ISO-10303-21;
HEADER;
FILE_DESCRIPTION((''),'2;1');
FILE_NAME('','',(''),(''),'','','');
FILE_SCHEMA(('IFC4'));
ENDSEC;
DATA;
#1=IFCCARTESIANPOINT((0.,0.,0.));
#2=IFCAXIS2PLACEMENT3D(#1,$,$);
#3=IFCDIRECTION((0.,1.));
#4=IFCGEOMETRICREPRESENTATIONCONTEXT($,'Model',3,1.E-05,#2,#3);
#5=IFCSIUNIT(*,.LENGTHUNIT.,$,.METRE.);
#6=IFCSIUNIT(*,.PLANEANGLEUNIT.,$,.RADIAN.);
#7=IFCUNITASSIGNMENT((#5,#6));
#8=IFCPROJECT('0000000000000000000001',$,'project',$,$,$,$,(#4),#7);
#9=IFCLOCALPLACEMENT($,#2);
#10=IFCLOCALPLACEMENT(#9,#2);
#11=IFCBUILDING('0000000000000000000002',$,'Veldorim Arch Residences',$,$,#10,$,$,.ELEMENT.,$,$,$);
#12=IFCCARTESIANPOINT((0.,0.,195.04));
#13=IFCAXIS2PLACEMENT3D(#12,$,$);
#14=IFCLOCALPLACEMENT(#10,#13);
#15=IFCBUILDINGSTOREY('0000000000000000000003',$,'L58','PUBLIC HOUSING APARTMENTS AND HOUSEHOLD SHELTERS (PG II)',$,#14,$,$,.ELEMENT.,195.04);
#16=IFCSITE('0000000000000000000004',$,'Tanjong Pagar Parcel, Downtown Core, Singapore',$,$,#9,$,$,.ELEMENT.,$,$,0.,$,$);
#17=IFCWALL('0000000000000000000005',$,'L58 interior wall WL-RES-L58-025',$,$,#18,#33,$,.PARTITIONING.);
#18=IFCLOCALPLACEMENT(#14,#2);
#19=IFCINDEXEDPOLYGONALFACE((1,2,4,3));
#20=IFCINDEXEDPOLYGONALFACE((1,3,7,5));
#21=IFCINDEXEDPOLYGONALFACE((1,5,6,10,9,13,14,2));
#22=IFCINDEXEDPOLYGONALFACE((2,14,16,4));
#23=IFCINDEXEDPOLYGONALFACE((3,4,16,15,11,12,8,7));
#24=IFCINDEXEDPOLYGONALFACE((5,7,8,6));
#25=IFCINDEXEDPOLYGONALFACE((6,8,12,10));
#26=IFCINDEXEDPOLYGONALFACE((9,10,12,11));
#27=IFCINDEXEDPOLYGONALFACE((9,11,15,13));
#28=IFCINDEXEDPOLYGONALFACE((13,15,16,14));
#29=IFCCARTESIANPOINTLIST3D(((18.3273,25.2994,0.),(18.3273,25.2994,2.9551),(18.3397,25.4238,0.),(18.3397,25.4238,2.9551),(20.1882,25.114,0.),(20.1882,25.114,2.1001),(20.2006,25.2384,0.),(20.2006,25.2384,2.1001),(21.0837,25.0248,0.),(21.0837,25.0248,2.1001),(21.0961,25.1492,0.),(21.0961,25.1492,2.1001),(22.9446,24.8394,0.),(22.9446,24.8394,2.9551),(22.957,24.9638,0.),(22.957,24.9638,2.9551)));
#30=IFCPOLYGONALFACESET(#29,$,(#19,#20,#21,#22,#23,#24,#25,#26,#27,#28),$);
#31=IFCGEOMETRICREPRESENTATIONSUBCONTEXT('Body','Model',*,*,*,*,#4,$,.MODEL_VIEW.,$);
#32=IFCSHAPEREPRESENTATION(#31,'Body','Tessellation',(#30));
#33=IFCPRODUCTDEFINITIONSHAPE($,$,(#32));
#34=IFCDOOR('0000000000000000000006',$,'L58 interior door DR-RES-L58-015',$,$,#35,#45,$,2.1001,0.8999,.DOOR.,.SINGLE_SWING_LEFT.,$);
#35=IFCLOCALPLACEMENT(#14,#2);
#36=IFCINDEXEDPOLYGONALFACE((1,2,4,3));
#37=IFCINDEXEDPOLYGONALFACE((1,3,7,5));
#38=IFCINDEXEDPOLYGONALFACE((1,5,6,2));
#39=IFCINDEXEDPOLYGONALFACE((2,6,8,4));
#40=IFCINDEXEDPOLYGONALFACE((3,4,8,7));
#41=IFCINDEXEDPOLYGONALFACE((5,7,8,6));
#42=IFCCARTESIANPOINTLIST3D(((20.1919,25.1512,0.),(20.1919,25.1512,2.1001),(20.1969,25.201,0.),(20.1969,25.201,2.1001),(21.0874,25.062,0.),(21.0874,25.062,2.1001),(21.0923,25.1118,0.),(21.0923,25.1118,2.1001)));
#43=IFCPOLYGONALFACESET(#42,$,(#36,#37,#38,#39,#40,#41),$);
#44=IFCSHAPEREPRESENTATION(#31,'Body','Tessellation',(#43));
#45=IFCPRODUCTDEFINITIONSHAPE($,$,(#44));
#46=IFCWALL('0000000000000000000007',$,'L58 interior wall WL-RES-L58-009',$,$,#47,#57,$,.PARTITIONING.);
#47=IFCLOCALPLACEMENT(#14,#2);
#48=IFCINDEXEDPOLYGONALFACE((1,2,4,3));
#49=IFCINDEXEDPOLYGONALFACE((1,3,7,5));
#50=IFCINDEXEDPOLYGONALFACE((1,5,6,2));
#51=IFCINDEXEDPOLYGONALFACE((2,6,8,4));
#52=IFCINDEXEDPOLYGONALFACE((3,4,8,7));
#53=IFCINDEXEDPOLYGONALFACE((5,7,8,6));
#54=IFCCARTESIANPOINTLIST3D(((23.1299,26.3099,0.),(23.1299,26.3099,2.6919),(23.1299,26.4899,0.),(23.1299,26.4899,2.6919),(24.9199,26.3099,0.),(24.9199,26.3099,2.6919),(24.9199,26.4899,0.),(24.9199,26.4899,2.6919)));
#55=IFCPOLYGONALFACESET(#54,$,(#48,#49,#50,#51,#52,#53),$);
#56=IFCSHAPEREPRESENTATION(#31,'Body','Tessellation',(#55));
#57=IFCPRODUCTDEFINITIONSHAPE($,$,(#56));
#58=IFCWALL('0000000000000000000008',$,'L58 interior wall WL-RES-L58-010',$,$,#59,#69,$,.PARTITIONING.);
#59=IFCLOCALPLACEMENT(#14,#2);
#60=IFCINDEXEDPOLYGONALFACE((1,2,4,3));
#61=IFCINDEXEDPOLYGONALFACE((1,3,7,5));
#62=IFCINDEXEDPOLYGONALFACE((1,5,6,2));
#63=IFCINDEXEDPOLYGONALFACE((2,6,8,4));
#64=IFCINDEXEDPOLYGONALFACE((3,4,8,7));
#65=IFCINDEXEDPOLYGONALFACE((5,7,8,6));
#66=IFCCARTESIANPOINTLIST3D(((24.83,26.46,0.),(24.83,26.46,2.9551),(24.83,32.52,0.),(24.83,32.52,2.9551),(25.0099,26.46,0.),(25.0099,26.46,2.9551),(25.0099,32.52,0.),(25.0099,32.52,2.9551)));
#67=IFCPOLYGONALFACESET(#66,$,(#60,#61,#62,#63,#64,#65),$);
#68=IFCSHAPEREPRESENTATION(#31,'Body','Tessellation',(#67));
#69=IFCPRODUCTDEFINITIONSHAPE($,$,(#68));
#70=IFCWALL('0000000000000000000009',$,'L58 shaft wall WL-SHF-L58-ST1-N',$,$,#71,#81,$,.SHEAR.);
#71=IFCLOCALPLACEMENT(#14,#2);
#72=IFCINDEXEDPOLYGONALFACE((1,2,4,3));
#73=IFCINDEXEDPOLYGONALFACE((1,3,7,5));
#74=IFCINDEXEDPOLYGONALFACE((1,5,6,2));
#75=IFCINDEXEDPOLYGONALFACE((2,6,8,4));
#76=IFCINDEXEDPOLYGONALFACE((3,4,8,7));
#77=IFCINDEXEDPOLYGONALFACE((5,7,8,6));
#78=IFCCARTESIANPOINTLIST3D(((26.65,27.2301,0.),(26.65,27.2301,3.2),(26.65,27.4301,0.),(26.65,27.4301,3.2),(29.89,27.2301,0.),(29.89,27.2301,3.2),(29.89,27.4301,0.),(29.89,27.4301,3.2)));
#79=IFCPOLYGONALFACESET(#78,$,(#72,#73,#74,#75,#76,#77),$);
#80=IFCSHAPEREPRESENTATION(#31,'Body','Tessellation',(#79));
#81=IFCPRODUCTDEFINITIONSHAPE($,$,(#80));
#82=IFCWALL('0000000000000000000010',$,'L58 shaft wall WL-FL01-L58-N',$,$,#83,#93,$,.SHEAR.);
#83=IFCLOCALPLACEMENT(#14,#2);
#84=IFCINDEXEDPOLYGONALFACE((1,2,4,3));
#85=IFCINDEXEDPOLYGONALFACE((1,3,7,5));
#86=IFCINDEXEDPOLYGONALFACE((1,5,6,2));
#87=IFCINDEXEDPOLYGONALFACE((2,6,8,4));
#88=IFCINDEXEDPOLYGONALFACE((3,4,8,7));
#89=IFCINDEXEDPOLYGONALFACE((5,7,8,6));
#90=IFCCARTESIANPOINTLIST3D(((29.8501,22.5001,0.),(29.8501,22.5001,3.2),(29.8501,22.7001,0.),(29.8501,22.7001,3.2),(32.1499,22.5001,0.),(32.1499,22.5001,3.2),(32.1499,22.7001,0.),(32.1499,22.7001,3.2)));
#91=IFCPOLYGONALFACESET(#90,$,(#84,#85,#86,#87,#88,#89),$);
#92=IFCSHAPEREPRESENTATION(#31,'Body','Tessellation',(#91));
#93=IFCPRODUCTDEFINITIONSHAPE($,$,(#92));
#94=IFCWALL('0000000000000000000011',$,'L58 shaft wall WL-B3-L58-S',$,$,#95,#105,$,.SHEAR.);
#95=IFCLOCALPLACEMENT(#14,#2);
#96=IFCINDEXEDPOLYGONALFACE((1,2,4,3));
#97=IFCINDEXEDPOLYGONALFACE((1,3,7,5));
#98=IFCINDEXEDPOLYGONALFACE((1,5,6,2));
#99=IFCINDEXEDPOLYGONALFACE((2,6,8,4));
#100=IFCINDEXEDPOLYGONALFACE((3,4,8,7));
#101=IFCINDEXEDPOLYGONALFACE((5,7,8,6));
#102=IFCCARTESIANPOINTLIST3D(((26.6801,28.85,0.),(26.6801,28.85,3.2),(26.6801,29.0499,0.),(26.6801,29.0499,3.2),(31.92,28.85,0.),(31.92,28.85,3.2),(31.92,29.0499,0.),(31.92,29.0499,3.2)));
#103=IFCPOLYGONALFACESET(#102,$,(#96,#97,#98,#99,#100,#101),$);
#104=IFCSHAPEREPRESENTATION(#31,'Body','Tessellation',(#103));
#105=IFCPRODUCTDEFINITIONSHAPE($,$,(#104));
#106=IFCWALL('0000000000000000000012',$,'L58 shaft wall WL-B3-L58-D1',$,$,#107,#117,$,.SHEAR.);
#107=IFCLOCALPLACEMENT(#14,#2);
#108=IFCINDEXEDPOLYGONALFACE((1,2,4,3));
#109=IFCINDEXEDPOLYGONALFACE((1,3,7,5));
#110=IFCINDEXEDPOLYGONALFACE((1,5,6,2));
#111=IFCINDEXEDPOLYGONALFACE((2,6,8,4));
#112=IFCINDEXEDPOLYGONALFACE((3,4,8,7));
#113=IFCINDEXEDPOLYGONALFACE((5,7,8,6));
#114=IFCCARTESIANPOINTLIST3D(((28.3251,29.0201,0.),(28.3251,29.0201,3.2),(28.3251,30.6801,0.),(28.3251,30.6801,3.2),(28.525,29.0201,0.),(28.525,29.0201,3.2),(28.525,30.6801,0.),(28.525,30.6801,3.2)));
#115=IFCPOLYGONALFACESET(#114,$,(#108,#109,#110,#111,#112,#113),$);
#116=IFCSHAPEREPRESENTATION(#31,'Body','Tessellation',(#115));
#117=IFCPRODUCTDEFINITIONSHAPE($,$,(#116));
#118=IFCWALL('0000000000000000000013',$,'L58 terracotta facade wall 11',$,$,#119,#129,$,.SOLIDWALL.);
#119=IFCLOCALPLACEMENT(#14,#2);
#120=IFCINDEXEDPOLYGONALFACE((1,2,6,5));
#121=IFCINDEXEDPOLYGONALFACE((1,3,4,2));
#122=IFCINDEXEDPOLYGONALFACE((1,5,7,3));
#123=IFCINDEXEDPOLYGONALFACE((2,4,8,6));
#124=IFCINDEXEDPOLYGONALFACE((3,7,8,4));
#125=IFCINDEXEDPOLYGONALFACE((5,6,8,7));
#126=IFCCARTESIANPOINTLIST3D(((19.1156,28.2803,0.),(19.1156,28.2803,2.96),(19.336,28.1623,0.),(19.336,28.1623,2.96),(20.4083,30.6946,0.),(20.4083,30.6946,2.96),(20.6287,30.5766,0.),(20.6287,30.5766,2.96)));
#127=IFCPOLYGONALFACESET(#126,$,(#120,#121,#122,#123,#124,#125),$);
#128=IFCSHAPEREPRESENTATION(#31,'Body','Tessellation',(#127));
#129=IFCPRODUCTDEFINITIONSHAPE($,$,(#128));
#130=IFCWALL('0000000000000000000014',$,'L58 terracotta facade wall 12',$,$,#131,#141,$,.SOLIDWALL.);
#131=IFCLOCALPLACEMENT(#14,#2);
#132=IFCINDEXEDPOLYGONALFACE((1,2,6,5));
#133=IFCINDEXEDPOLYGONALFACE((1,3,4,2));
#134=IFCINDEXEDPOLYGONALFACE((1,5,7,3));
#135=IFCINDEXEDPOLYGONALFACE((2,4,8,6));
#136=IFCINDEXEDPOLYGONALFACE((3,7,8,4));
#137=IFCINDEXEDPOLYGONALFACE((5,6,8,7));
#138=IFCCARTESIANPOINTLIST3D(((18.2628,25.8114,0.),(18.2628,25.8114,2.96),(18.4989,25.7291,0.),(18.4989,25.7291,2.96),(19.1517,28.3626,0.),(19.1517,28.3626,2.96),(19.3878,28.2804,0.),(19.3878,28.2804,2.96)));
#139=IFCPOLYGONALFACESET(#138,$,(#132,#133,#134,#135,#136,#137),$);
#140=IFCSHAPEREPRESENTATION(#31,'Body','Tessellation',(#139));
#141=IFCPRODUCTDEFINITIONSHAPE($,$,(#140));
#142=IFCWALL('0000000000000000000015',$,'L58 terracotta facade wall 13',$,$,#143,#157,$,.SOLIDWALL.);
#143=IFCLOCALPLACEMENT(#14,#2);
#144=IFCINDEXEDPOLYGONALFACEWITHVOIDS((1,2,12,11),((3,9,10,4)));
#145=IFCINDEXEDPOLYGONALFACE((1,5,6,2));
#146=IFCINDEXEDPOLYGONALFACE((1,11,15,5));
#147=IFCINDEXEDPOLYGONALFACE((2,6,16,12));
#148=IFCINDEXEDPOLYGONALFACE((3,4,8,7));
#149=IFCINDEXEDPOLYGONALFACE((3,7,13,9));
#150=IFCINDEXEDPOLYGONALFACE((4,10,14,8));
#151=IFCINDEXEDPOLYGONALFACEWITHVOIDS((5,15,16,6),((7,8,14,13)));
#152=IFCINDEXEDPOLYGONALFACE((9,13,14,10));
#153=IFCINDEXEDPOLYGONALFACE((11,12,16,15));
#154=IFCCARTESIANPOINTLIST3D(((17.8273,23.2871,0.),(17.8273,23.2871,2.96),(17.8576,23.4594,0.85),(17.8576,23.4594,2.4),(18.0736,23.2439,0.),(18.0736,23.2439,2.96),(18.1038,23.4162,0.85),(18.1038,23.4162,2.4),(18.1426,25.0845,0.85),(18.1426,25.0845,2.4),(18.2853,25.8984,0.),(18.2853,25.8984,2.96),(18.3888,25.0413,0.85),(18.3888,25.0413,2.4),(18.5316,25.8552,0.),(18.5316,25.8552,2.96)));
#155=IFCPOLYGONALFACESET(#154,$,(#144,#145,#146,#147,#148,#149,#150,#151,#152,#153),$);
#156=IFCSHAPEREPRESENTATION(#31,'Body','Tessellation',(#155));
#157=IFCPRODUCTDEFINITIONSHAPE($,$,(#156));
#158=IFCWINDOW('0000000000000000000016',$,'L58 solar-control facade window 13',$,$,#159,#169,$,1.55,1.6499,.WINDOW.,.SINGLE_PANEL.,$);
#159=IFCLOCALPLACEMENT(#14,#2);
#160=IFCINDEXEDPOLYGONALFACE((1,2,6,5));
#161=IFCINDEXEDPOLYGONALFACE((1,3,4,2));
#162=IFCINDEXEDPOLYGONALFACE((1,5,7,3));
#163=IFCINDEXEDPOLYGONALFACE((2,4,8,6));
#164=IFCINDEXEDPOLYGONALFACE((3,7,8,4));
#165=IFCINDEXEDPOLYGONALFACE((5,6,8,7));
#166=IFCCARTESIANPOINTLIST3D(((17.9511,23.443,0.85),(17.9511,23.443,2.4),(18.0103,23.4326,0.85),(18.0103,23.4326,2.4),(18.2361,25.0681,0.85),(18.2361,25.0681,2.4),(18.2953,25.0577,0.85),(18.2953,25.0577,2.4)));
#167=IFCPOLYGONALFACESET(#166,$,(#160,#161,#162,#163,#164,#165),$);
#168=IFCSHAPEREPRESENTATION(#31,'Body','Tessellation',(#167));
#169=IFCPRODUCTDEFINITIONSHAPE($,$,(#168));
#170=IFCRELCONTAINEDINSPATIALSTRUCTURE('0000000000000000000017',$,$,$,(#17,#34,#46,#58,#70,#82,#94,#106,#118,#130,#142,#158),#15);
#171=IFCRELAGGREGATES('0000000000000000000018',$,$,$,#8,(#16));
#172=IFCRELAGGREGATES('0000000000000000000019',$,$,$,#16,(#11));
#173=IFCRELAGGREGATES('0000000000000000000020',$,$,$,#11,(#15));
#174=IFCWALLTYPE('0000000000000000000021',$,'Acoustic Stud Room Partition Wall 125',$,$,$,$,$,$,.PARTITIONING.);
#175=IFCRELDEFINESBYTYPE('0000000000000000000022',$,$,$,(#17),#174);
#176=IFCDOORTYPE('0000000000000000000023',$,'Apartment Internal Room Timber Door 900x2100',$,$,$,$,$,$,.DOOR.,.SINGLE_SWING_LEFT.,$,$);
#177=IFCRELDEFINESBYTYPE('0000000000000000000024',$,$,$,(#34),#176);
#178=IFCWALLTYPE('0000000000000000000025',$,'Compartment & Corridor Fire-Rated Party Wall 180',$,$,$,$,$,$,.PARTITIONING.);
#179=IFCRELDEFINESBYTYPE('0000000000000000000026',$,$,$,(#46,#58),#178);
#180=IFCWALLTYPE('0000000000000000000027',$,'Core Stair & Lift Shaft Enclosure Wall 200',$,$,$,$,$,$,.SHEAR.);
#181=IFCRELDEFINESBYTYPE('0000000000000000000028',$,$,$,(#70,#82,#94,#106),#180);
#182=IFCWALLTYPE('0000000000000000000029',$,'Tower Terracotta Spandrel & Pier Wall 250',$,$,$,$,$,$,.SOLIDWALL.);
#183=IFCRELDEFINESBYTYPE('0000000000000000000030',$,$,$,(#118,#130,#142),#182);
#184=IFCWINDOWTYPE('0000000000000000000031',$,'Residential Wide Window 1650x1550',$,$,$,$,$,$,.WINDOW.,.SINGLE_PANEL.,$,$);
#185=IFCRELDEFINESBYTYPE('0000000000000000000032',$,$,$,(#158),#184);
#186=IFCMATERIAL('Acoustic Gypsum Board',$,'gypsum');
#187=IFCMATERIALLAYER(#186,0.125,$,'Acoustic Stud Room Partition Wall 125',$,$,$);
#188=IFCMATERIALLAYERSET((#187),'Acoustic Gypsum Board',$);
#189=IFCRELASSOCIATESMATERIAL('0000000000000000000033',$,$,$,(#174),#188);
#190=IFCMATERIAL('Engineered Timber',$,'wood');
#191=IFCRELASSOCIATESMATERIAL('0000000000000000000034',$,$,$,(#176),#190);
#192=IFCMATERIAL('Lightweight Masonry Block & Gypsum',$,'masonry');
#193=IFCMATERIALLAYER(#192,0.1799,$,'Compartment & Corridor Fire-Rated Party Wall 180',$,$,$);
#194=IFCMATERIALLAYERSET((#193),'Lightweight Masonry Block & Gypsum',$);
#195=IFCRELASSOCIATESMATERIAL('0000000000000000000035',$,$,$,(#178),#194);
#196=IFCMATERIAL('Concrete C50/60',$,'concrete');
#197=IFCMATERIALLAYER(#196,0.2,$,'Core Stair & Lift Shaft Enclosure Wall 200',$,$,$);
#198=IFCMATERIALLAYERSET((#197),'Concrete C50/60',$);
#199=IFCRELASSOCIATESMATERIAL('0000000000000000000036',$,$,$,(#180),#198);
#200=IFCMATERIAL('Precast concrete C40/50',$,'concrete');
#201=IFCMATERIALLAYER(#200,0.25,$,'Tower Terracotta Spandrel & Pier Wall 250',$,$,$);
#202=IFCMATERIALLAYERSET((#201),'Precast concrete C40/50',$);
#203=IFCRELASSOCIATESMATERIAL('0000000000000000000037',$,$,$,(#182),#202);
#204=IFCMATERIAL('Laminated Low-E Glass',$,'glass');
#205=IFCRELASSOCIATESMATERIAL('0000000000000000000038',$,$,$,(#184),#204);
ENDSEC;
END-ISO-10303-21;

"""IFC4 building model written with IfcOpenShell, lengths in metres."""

from ifc_helpers import new_model, si_unit, direction, frame, frame_2d, origin, place, context, subcontext, project, spatial, rectangle, extrude, material, layer, layer_set, type_object, element, fill, save


model = new_model("IFC4")

# Units and contexts
model_context = context("Model", 3, precision=1e-05, world=origin(), true_north=direction((0.0, 1.0)))
body_context = subcontext(model_context, "Body", "Model", "MODEL_VIEW")
ifc_project = project(units=[si_unit("LENGTHUNIT", "METRE"), si_unit("PLANEANGLEUNIT", "RADIAN")], contexts=[model_context])

# Site, building, storey
site_placement = place(None, origin())
site = spatial("IfcSite", under=ifc_project, at=site_placement, Name="Tanjong Pagar Parcel, Downtown Core, Singapore", CompositionType="ELEMENT", RefElevation=0.0)
building_placement = place(site_placement, origin())
building = spatial("IfcBuilding", under=site, at=building_placement, Name="Veldorim Arch Residences", CompositionType="ELEMENT")
storey_placement = place(building_placement, frame((0.0, 0.0, 195.04)))
storey = spatial("IfcBuildingStorey", under=building, at=storey_placement, Name="L58", Description="PUBLIC HOUSING APARTMENTS AND HOUSEHOLD SHELTERS (PG II)", CompositionType="ELEMENT", Elevation=195.04)

# Shared definitions
ifc_material_1 = material(Name="Acoustic Gypsum Board", Category="gypsum")
ifc_layer_1 = layer(ifc_material_1, 0.125, Name="Acoustic Stud Room Partition Wall 125")
ifc_layer_set_1 = layer_set([ifc_layer_1], Name="Acoustic Gypsum Board")
wall_type_1 = type_object("IfcWallType", Name="Acoustic Stud Room Partition Wall 125", PredefinedType="PARTITIONING", material=ifc_layer_set_1)

# Wall, opening, door
wall_1_placement = place(storey_placement, frame((18.3335, 25.3616, 0.0), z_axis=(0.0, 0.0, 1.0), x_axis=(0.995075, -0.099129, 0.0)))
wall_1 = element("IfcWall", 1, at=wall_1_placement, inside=storey, type_object=wall_type_1, Name="L58 interior wall WL-RES-L58-025", PredefinedType="PARTITIONING", context=body_context, shape_type="SweptSolid", body=[
    extrude(rectangle(XDim=4.6401, YDim=0.125, at=frame_2d((2.3201, 0.0))), origin(), (0.0, 0.0, 1.0), 2.9551),
])
opening_1_placement = place(wall_1_placement, frame((1.8701, 0.0, 0.0)))
opening_1 = element("IfcOpeningElement", 2, at=opening_1_placement, cuts=wall_1, PredefinedType="OPENING", context=body_context, shape_type="SweptSolid", body=[
    extrude(rectangle(XDim=0.8999, YDim=2.1001, at=frame_2d((0.45, 1.05))), frame((0.0, 0.0725, 0.0), z_axis=(0.0, -1.0, 0.0), x_axis=(1.0, 0.0, 0.0)), (0.0, 0.0, 1.0), 0.145),
])
ifc_material_2 = material(Name="Engineered Timber", Category="wood")
door_type_1 = type_object("IfcDoorType", Name="Apartment Internal Room Timber Door 900x2100", OperationType="SINGLE_SWING_LEFT", PredefinedType="DOOR", material=ifc_material_2)
door_1_placement = place(opening_1_placement, origin())
door_1 = element("IfcDoor", 3, at=door_1_placement, inside=storey, type_object=door_type_1, Name="L58 interior door DR-RES-L58-015", OperationType="SINGLE_SWING_LEFT", OverallHeight=2.1001, OverallWidth=0.8999, PredefinedType="DOOR", context=body_context, shape_type="SweptSolid", body=[
    extrude(rectangle(XDim=0.8999, YDim=2.1001, at=frame_2d((0.45, 1.05))), frame((0.0, 0.0249, 0.0), z_axis=(0.0, -1.0, 0.0), x_axis=(1.0, 0.0, 0.0)), (0.0, 0.0, 1.0), 0.05),
])
fill(opening_1, door_1)

# Walls
ifc_material_3 = material(Name="Lightweight Masonry Block & Gypsum", Category="masonry")
ifc_layer_2 = layer(ifc_material_3, 0.1799, Name="Compartment & Corridor Fire-Rated Party Wall 180")
ifc_layer_set_2 = layer_set([ifc_layer_2], Name="Lightweight Masonry Block & Gypsum")
wall_type_2 = type_object("IfcWallType", Name="Compartment & Corridor Fire-Rated Party Wall 180", PredefinedType="PARTITIONING", material=ifc_layer_set_2)
wall_2_placement = place(storey_placement, frame((23.1299, 26.3999, 0.0), z_axis=(0.0, 0.0, 1.0), x_axis=(1.0, 0.0, 0.0)))
element("IfcWall", 4, at=wall_2_placement, inside=storey, type_object=wall_type_2, Name="L58 interior wall WL-RES-L58-009", PredefinedType="PARTITIONING", context=body_context, shape_type="SweptSolid", body=[
    extrude(rectangle(XDim=1.79, YDim=0.1799, at=frame_2d((0.895, 0.0))), origin(), (0.0, 0.0, 1.0), 2.6919),
])
wall_3_placement = place(storey_placement, frame((24.9199, 26.46, 0.0), z_axis=(0.0, 0.0, 1.0), x_axis=(0.0, 1.0, 0.0)))
element("IfcWall", 5, at=wall_3_placement, inside=storey, type_object=wall_type_2, Name="L58 interior wall WL-RES-L58-010", PredefinedType="PARTITIONING", context=body_context, shape_type="SweptSolid", body=[
    extrude(rectangle(XDim=6.0601, YDim=0.1799, at=frame_2d((3.03, 0.0))), origin(), (0.0, 0.0, 1.0), 2.9551),
])
ifc_material_4 = material(Name="Concrete C50/60", Category="concrete")
ifc_layer_3 = layer(ifc_material_4, 0.2, Name="Core Stair & Lift Shaft Enclosure Wall 200")
ifc_layer_set_3 = layer_set([ifc_layer_3], Name="Concrete C50/60")
wall_type_3 = type_object("IfcWallType", Name="Core Stair & Lift Shaft Enclosure Wall 200", PredefinedType="SHEAR", material=ifc_layer_set_3)
wall_4_placement = place(storey_placement, frame((26.6499, 27.3301, 0.0), z_axis=(0.0, 0.0, 1.0), x_axis=(1.0, 0.0, 0.0)))
element("IfcWall", 6, at=wall_4_placement, inside=storey, type_object=wall_type_3, Name="L58 shaft wall WL-SHF-L58-ST1-N", PredefinedType="SHEAR", context=body_context, shape_type="SweptSolid", body=[
    extrude(rectangle(XDim=3.24, YDim=0.2, at=frame_2d((1.6201, 0.0))), origin(), (0.0, 0.0, 1.0), 3.2),
])
wall_5_placement = place(storey_placement, frame((29.8501, 22.6001, 0.0), z_axis=(0.0, 0.0, 1.0), x_axis=(1.0, 0.0, 0.0)))
element("IfcWall", 7, at=wall_5_placement, inside=storey, type_object=wall_type_3, Name="L58 shaft wall WL-FL01-L58-N", PredefinedType="SHEAR", context=body_context, shape_type="SweptSolid", body=[
    extrude(rectangle(XDim=2.2998, YDim=0.2, at=frame_2d((1.1499, 0.0))), origin(), (0.0, 0.0, 1.0), 3.2),
])

# Walls
wall_6_placement = place(storey_placement, frame((26.6799, 28.95, 0.0), z_axis=(0.0, 0.0, 1.0), x_axis=(1.0, 0.0, 0.0)))
element("IfcWall", 8, at=wall_6_placement, inside=storey, type_object=wall_type_3, Name="L58 shaft wall WL-B3-L58-S", PredefinedType="SHEAR", context=body_context, shape_type="SweptSolid", body=[
    extrude(rectangle(XDim=5.24, YDim=0.2, at=frame_2d((2.6201, 0.0))), origin(), (0.0, 0.0, 1.0), 3.2),
])
wall_7_placement = place(storey_placement, frame((28.425, 29.02, 0.0), z_axis=(0.0, 0.0, 1.0), x_axis=(0.0, 1.0, 0.0)))
element("IfcWall", 9, at=wall_7_placement, inside=storey, type_object=wall_type_3, Name="L58 shaft wall WL-B3-L58-D1", PredefinedType="SHEAR", context=body_context, shape_type="SweptSolid", body=[
    extrude(rectangle(XDim=1.6599, YDim=0.2, at=frame_2d((0.8301, 0.0))), origin(), (0.0, 0.0, 1.0), 3.2),
])
ifc_material_5 = material(Name="Precast concrete C40/50", Category="concrete")
ifc_layer_4 = layer(ifc_material_5, 0.25, Name="Tower Terracotta Spandrel & Pier Wall 250")
ifc_layer_set_4 = layer_set([ifc_layer_4], Name="Precast concrete C40/50")
wall_type_4 = type_object("IfcWallType", Name="Tower Terracotta Spandrel & Pier Wall 250", PredefinedType="SOLIDWALL", material=ifc_layer_set_4)
wall_8_placement = place(storey_placement, frame((19.2258, 28.2214, 0.0), z_axis=(0.0, 0.0, 1.0), x_axis=(0.472036, 0.881579, 0.0)))
element("IfcWall", 10, at=wall_8_placement, inside=storey, type_object=wall_type_4, Name="L58 terracotta facade wall 11", PredefinedType="SOLIDWALL", context=body_context, shape_type="SweptSolid", body=[
    extrude(rectangle(XDim=2.7385, YDim=0.25, at=frame_2d((1.3691, 0.0))), origin(), (0.0, 0.0, 1.0), 2.96),
])
wall_9_placement = place(storey_placement, frame((18.3809, 25.7703, 0.0), z_axis=(0.0, 0.0, 1.0), x_axis=(0.329022, 0.944322, 0.0)))
element("IfcWall", 11, at=wall_9_placement, inside=storey, type_object=wall_type_4, Name="L58 terracotta facade wall 12", PredefinedType="SOLIDWALL", context=body_context, shape_type="SweptSolid", body=[
    extrude(rectangle(XDim=2.7017, YDim=0.25, at=frame_2d((1.3508, 0.0))), origin(), (0.0, 0.0, 1.0), 2.96),
])

# Wall, opening, window
wall_10_placement = place(storey_placement, frame((17.9504, 23.2654, 0.0), z_axis=(0.0, 0.0, 1.0), x_axis=(0.172756, 0.984965, 0.0)))
wall_10 = element("IfcWall", 12, at=wall_10_placement, inside=storey, type_object=wall_type_4, Name="L58 terracotta facade wall 13", PredefinedType="SOLIDWALL", context=body_context, shape_type="SweptSolid", body=[
    extrude(rectangle(XDim=2.6511, YDim=0.25, at=frame_2d((1.3257, 0.0))), origin(), (0.0, 0.0, 1.0), 2.96),
])
opening_2_placement = place(wall_10_placement, frame((0.175, 0.0, 0.8501)))
opening_2 = element("IfcOpeningElement", 13, at=opening_2_placement, cuts=wall_10, PredefinedType="OPENING", context=body_context, shape_type="SweptSolid", body=[
    extrude(rectangle(XDim=1.6499, YDim=1.55, at=frame_2d((0.825, 0.7749))), frame((0.0, 0.135, 0.0), z_axis=(0.0, -1.0, 0.0), x_axis=(1.0, 0.0, 0.0)), (0.0, 0.0, 1.0), 0.27),
])
ifc_material_6 = material(Name="Laminated Low-E Glass", Category="glass")
window_type = type_object("IfcWindowType", Name="Residential Wide Window 1650x1550", PartitioningType="SINGLE_PANEL", PredefinedType="WINDOW", material=ifc_material_6)
window_placement = place(opening_2_placement, origin())
window = element("IfcWindow", 14, at=window_placement, inside=storey, type_object=window_type, Name="L58 solar-control facade window 13", OverallHeight=1.55, OverallWidth=1.6499, PartitioningType="SINGLE_PANEL", PredefinedType="WINDOW", context=body_context, shape_type="SweptSolid", body=[
    extrude(rectangle(XDim=1.6499, YDim=1.55, at=frame_2d((0.825, 0.7749))), frame((0.0, 0.03, 0.0), z_axis=(0.0, -1.0, 0.0), x_axis=(1.0, 0.0, 0.0)), (0.0, 0.0, 1.0), 0.0601),
])
fill(opening_2, window)

save(model, "model.ifc")
